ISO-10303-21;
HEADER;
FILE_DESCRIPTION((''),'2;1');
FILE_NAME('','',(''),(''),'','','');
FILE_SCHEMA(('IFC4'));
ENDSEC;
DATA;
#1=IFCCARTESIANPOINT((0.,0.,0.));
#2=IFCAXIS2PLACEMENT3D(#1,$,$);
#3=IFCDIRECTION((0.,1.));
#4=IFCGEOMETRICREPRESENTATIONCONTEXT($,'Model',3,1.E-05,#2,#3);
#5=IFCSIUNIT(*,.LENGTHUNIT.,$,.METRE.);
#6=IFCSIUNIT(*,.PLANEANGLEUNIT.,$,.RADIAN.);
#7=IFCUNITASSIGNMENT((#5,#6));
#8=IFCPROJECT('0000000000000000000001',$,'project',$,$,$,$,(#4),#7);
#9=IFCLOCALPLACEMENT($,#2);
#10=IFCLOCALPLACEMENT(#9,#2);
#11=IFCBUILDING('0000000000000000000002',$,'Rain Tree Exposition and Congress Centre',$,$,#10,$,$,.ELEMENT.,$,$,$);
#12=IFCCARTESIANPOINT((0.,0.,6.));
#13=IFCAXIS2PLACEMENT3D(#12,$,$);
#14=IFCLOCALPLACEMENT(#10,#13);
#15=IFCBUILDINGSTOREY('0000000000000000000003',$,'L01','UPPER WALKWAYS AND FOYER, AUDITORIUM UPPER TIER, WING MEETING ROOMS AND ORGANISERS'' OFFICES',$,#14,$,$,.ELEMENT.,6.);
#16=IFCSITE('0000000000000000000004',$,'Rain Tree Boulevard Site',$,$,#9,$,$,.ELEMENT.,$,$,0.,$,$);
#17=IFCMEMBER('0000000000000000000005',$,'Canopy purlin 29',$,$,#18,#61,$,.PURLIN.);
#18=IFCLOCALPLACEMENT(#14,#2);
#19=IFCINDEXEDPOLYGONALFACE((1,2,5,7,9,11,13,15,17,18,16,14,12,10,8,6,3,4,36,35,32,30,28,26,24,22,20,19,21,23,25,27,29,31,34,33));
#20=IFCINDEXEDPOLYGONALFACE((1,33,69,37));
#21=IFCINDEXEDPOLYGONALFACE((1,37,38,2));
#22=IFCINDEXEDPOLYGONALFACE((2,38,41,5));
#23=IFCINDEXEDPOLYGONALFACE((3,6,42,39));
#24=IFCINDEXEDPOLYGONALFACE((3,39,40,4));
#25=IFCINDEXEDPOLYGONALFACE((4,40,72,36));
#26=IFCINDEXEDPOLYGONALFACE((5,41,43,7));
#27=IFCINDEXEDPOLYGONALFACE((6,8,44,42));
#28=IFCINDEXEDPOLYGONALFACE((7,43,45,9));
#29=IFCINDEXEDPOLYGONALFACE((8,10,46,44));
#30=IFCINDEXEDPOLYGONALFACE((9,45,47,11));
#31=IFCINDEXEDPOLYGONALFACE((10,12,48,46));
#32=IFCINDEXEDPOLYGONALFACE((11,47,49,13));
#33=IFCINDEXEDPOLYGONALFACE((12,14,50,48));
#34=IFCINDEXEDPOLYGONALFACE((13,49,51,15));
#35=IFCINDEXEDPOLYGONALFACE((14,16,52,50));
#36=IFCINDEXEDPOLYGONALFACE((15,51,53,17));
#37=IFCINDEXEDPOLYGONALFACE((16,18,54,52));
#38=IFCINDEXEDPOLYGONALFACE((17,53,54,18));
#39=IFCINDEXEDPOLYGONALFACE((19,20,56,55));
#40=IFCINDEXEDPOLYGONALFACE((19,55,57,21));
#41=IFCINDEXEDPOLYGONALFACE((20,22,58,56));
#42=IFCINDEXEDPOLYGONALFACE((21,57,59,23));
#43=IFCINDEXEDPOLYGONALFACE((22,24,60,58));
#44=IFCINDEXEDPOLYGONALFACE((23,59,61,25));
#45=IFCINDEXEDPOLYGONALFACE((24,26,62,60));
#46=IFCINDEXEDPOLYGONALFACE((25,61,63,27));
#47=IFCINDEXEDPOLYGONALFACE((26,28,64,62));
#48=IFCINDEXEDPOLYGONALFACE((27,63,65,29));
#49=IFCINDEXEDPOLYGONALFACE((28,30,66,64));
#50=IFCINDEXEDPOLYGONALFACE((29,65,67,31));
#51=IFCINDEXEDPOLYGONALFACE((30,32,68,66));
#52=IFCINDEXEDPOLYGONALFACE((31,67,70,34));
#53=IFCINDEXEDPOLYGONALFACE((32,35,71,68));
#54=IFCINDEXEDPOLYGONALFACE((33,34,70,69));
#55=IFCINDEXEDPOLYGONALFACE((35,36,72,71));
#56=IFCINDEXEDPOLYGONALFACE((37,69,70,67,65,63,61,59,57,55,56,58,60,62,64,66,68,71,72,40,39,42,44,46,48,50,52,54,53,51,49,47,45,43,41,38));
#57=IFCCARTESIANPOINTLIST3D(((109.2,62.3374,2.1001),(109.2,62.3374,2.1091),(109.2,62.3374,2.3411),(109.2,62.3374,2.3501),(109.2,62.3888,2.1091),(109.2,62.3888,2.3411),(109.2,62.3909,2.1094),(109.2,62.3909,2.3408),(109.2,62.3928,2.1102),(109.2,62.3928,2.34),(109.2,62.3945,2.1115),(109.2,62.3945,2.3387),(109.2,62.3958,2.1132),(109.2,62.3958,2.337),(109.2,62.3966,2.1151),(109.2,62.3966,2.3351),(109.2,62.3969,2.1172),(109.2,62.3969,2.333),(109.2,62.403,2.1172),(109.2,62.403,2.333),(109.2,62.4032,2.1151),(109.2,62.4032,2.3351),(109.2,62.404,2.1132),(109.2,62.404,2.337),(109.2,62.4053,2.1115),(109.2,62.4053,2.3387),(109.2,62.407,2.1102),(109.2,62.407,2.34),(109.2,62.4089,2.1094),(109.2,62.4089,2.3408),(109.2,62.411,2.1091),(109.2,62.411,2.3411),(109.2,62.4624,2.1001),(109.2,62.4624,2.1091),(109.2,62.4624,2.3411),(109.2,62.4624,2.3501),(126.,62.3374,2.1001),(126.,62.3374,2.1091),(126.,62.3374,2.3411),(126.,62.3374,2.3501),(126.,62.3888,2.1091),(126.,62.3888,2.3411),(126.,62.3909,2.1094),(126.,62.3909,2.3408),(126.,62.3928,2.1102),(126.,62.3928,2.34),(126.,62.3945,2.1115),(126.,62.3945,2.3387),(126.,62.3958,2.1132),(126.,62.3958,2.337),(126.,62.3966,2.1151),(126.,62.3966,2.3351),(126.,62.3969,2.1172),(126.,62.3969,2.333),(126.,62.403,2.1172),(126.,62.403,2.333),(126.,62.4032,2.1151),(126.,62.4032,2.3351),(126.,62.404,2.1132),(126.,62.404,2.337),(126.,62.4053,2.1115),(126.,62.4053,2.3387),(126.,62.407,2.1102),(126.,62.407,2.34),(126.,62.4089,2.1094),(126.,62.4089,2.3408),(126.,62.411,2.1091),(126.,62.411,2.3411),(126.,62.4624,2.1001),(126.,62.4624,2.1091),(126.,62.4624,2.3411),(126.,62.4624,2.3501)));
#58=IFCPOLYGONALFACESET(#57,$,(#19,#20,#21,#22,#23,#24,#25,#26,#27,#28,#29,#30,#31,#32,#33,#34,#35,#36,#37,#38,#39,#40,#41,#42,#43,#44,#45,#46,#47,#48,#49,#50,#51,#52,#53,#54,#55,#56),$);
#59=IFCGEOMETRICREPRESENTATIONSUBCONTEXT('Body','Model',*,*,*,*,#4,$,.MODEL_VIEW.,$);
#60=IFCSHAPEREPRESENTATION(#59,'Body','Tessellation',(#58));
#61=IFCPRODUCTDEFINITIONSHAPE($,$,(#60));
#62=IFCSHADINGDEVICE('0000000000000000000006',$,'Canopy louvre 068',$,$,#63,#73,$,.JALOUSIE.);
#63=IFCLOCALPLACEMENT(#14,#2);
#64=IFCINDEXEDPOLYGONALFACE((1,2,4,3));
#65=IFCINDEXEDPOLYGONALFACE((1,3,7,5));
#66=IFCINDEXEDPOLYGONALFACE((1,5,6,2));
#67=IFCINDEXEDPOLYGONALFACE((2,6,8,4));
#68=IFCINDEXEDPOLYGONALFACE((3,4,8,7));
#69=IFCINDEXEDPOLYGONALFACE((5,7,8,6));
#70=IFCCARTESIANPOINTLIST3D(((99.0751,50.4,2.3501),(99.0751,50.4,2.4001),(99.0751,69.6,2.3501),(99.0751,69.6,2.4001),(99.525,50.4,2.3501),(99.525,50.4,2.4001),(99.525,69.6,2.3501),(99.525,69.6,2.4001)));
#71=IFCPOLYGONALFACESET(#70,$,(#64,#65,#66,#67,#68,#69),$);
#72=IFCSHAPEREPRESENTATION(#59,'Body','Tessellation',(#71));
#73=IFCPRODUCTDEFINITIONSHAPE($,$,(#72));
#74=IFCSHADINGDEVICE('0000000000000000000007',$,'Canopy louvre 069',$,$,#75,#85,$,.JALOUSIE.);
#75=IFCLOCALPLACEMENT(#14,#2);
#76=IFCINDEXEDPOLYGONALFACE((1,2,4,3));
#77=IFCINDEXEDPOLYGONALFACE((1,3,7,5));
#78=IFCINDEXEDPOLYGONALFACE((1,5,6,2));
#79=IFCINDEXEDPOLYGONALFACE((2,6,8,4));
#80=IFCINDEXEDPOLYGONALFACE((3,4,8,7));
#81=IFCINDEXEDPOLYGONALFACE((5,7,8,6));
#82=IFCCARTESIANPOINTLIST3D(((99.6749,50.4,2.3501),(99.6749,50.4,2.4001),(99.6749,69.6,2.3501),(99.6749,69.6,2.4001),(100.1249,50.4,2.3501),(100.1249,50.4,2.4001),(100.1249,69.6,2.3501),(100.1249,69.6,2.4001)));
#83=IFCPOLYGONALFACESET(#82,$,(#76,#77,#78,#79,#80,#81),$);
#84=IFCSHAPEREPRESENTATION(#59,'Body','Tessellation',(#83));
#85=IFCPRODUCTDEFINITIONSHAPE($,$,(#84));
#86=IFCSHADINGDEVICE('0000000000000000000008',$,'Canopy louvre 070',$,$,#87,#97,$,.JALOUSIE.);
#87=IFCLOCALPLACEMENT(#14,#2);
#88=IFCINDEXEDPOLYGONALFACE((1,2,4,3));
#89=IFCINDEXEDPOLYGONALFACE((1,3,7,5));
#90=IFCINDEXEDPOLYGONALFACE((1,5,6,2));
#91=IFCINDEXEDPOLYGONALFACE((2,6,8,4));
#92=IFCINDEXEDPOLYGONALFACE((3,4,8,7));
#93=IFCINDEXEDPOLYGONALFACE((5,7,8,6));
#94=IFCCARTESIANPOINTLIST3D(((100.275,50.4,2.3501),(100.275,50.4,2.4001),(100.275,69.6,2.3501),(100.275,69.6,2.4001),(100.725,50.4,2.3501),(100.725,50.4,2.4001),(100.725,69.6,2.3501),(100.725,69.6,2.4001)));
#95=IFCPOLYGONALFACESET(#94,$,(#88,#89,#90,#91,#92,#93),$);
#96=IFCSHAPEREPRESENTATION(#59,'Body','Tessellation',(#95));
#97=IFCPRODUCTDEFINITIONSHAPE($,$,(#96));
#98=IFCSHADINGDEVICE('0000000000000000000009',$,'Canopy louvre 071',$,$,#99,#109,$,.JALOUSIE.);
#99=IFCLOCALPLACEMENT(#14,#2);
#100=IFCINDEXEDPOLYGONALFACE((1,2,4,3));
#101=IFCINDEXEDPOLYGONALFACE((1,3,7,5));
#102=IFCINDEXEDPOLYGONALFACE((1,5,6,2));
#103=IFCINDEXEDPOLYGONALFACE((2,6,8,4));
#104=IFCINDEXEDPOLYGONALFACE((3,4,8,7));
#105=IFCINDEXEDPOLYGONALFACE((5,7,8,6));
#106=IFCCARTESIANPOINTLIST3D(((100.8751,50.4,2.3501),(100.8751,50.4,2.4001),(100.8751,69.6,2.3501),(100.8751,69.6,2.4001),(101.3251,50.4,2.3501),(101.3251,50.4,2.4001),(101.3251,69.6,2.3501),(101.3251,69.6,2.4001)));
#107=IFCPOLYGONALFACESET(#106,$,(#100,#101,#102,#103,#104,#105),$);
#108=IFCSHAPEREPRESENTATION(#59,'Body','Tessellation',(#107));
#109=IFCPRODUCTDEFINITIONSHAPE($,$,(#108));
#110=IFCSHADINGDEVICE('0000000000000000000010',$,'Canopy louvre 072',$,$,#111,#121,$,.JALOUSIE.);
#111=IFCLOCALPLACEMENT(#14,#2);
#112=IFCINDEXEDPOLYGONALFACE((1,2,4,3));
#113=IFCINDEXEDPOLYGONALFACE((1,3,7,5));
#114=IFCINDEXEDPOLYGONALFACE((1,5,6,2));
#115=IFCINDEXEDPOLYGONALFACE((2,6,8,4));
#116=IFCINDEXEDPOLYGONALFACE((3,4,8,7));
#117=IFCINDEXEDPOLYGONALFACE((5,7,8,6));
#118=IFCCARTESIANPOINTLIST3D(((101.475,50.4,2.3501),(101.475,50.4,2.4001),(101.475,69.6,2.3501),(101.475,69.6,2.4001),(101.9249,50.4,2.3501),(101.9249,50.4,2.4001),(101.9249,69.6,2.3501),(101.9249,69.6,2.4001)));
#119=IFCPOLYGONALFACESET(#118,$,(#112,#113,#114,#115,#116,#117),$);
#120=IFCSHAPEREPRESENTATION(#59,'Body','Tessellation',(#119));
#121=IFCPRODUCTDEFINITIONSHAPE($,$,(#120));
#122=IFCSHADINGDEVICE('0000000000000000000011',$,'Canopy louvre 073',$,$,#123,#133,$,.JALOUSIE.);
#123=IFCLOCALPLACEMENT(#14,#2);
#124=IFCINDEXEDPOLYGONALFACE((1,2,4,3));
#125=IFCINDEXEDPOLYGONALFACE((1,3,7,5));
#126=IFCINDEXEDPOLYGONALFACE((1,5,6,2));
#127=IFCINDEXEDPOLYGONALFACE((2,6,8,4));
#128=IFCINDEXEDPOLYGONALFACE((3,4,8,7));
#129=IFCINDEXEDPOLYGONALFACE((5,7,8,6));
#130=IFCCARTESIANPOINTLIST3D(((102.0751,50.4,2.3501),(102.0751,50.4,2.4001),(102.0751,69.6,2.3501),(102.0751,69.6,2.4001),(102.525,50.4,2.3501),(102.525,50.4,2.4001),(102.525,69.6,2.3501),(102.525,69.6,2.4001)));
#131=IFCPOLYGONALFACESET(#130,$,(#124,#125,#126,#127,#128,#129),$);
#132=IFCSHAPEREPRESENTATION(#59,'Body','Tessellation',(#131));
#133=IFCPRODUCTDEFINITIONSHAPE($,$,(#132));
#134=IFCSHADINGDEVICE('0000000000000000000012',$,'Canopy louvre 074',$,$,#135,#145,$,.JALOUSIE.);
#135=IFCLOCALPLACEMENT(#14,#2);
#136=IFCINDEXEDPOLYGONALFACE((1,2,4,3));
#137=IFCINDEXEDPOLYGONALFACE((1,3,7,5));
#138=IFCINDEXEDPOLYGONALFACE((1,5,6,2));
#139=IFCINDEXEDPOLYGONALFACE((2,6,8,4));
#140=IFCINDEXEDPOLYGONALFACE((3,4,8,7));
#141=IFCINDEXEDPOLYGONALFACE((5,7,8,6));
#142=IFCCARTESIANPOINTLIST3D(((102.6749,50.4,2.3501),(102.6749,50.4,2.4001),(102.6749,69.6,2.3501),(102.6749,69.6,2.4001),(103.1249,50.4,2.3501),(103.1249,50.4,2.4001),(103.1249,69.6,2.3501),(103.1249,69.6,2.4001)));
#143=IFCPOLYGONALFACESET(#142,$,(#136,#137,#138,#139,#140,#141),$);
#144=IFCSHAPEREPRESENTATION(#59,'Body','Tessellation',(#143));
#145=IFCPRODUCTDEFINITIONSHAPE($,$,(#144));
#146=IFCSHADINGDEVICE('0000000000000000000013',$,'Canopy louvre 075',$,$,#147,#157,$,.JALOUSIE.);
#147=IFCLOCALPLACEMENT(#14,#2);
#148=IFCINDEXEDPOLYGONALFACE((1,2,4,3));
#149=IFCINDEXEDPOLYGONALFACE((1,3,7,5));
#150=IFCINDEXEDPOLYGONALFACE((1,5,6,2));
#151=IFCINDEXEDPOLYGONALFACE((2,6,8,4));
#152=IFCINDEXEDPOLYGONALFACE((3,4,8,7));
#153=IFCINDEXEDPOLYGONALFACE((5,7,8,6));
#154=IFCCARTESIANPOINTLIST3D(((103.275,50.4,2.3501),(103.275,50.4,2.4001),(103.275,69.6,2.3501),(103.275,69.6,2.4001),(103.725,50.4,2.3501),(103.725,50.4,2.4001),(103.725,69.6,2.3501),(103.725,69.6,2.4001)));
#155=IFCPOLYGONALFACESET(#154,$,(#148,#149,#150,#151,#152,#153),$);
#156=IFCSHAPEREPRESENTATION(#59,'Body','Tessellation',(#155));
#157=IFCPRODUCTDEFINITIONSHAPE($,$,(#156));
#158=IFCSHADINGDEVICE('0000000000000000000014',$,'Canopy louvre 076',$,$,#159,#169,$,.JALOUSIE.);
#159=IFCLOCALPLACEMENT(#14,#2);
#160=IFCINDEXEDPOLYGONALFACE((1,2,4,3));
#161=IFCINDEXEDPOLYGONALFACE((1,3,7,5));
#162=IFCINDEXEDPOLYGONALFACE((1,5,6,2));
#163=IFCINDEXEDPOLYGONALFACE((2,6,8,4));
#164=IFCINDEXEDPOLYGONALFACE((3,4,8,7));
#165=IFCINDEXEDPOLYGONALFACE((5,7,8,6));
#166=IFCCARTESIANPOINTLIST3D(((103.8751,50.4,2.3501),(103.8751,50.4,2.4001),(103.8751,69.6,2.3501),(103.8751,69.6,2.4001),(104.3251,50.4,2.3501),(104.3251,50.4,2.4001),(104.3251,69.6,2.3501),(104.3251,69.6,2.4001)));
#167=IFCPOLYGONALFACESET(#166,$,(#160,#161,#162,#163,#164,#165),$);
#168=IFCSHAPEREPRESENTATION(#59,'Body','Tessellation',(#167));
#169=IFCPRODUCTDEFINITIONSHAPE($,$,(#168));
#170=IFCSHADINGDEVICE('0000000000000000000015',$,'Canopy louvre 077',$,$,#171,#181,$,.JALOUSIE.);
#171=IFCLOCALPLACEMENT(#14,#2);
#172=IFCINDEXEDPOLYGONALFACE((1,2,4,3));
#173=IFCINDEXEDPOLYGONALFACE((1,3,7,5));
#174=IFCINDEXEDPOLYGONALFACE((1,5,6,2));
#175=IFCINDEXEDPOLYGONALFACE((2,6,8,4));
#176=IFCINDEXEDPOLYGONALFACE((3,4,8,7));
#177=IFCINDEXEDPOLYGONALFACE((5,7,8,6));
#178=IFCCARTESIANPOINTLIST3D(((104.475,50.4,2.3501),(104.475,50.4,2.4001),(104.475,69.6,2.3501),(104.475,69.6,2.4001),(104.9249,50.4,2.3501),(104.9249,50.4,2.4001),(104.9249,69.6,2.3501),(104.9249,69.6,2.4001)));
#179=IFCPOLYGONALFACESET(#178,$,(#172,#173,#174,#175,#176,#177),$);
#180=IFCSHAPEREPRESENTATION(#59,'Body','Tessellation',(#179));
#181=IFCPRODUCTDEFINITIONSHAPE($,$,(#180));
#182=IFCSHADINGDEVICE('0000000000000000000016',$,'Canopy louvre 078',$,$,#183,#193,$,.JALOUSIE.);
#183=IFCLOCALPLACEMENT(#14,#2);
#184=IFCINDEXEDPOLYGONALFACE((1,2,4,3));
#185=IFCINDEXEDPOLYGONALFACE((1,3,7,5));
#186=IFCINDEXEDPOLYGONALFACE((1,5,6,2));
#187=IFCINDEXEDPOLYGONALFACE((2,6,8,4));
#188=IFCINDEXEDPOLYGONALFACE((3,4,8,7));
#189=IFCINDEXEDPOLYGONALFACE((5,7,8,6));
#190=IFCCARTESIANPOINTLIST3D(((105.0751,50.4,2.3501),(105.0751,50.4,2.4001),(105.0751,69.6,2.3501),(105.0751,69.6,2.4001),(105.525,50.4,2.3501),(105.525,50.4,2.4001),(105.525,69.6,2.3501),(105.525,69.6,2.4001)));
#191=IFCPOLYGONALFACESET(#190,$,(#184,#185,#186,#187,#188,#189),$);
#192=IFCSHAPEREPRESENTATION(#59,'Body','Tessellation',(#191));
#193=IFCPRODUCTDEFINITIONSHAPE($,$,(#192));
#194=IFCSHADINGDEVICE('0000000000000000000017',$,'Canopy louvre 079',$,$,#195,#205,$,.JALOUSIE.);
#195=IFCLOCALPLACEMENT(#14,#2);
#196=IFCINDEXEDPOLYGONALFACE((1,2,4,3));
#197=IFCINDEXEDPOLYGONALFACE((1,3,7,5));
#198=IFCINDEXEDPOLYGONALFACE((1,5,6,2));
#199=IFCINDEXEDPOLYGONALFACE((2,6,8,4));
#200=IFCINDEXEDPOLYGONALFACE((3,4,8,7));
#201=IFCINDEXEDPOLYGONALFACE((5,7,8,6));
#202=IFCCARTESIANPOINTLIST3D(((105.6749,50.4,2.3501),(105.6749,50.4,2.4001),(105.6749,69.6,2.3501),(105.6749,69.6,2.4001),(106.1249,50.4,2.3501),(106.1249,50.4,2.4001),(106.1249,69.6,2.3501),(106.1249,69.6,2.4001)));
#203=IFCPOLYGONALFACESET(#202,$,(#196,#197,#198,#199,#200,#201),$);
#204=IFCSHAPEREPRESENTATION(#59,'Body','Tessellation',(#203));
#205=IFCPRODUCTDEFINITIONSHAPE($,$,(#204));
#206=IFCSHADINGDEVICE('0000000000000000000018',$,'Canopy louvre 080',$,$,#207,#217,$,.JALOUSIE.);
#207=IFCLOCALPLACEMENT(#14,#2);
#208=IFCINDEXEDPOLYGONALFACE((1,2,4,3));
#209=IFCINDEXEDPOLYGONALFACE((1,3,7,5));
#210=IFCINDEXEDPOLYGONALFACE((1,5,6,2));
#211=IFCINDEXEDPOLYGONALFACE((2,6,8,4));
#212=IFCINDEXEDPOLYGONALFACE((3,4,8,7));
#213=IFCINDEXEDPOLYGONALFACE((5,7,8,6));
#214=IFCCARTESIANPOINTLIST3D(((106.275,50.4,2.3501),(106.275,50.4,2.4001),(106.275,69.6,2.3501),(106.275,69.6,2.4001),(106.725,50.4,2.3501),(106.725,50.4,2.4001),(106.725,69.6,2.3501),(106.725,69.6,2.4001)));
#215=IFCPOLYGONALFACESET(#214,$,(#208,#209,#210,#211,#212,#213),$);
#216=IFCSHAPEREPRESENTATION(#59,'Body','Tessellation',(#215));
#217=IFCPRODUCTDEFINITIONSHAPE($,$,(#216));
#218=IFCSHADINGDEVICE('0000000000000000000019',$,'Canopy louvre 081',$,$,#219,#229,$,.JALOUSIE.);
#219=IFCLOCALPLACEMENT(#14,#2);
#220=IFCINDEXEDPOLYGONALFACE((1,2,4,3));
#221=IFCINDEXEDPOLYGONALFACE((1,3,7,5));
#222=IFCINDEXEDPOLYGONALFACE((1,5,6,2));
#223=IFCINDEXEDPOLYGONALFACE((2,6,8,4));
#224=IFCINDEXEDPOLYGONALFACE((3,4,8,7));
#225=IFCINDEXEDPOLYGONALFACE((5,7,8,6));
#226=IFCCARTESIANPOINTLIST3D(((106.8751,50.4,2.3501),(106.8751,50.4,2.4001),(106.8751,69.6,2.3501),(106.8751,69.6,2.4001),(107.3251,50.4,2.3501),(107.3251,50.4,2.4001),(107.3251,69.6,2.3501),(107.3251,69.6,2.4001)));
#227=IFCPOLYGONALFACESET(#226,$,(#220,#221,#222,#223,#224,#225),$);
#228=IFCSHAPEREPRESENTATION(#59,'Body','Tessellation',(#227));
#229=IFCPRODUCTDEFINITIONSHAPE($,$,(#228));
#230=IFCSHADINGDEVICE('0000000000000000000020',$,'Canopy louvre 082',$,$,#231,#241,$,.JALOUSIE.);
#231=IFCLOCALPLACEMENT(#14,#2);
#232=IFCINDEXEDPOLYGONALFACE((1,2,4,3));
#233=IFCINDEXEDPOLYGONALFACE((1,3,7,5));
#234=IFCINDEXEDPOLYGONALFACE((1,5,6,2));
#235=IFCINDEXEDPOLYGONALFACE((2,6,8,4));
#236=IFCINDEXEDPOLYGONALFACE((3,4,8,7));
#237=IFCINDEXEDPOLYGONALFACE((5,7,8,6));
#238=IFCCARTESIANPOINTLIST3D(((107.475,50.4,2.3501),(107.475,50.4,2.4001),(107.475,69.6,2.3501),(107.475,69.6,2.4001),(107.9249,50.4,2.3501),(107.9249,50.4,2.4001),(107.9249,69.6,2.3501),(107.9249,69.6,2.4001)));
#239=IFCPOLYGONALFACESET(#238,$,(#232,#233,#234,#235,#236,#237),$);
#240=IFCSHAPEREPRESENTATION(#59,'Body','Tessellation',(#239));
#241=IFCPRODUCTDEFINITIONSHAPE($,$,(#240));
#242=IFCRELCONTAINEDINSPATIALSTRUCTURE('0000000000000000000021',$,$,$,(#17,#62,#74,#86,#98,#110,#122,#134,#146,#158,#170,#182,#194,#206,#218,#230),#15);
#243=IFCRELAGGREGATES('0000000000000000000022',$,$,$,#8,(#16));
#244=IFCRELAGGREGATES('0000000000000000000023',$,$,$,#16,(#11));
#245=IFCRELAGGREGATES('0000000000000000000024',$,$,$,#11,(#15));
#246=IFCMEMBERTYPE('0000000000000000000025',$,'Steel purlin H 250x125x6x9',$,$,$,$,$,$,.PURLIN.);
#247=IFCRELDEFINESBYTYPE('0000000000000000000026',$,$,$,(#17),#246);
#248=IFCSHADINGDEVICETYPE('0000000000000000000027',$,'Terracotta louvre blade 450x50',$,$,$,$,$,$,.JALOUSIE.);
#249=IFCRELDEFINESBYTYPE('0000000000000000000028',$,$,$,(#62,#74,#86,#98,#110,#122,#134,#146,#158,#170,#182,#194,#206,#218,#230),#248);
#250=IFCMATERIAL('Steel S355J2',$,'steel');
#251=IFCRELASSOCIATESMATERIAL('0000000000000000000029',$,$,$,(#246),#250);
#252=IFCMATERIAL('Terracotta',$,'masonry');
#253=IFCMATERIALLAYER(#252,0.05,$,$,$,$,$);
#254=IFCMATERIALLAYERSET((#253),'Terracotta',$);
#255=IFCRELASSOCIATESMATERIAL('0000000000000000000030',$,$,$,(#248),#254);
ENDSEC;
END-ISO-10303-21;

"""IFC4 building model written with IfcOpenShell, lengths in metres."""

from ifc_helpers import new_model, si_unit, direction, frame, origin, origin_2d, place, context, subcontext, project, spatial, rectangle, i_section, extrude, material, layer, layer_set, material_profile, profile_set, type_object, element, save


model = new_model("IFC4")

# Units and contexts
model_context = context("Model", 3, precision=1e-05, world=origin(), true_north=direction((0.0, 1.0)))
body_context = subcontext(model_context, "Body", "Model", "MODEL_VIEW")
ifc_project = project(units=[si_unit("LENGTHUNIT", "METRE"), si_unit("PLANEANGLEUNIT", "RADIAN")], contexts=[model_context])

# Site, building, storey
site_placement = place(None, origin())
site = spatial("IfcSite", under=ifc_project, at=site_placement, Name="Rain Tree Boulevard Site", CompositionType="ELEMENT", RefElevation=0.0)
building_placement = place(site_placement, origin())
building = spatial("IfcBuilding", under=site, at=building_placement, Name="Rain Tree Exposition and Congress Centre", CompositionType="ELEMENT")
storey_placement = place(building_placement, frame((0.0, 0.0, 6.0)))
storey = spatial("IfcBuildingStorey", under=building, at=storey_placement, Name="L01", Description="UPPER WALKWAYS AND FOYER, AUDITORIUM UPPER TIER, WING MEETING ROOMS AND ORGANISERS' OFFICES", CompositionType="ELEMENT", Elevation=6.0)

# Member
ifc_material_1 = material(Name="Steel S355J2", Category="steel")
ifc_material_profile = material_profile(ifc_material_1, i_section(OverallWidth=0.125, OverallDepth=0.25, WebThickness=0.0061, FlangeThickness=0.009, FilletRadius=0.0081, at=origin_2d()), Name="H 250x125x6x9")
ifc_profile_set = profile_set([ifc_material_profile], Name="Steel S355J2")
member_type = type_object("IfcMemberType", Name="Steel purlin H 250x125x6x9", PredefinedType="PURLIN", material=ifc_profile_set)
for number, where, z_axis, x_axis, name in (
    (1, (109.2, 62.3999, 2.2251), (1.0, 0.0, 0.0), (0.0, 1.0, 0.0), "Canopy purlin 29"),
):
    element("IfcMember", number, at=place(storey_placement, frame(where, z_axis=z_axis, x_axis=x_axis)), inside=storey, type_object=member_type, Name=name, PredefinedType="PURLIN", context=body_context, shape_type="SweptSolid", body=[
        extrude(i_section(OverallWidth=0.125, OverallDepth=0.25, WebThickness=0.0061, FlangeThickness=0.009, FilletRadius=0.0081, at=origin_2d()), origin(), (0.0, 0.0, 1.0), 16.8),
    ])

# Shading devices
ifc_material_2 = material(Name="Terracotta", Category="masonry")
ifc_layer = layer(ifc_material_2, 0.05)
ifc_layer_set = layer_set([ifc_layer], Name="Terracotta")
shading_device_type = type_object("IfcShadingDeviceType", Name="Terracotta louvre blade 450x50", PredefinedType="JALOUSIE", material=ifc_layer_set)
for number, where, z_axis, x_axis, name in (
    (2, (99.3, 60.0, 2.3501), (0.0, 0.0, 1.0), (1.0, 0.0, 0.0), "Canopy louvre 068"),
    (3, (99.8999, 60.0, 2.3501), (0.0, 0.0, 1.0), (1.0, 0.0, 0.0), "Canopy louvre 069"),
    (4, (100.5, 60.0, 2.3501), (0.0, 0.0, 1.0), (1.0, 0.0, 0.0), "Canopy louvre 070"),
    (5, (101.1001, 60.0, 2.3501), (0.0, 0.0, 1.0), (1.0, 0.0, 0.0), "Canopy louvre 071"),
    (6, (101.7, 60.0, 2.3501), (0.0, 0.0, 1.0), (1.0, 0.0, 0.0), "Canopy louvre 072"),
    (7, (102.3, 60.0, 2.3501), (0.0, 0.0, 1.0), (1.0, 0.0, 0.0), "Canopy louvre 073"),
    (8, (102.8999, 60.0, 2.3501), (0.0, 0.0, 1.0), (1.0, 0.0, 0.0), "Canopy louvre 074"),
    (9, (103.5, 60.0, 2.3501), (0.0, 0.0, 1.0), (1.0, 0.0, 0.0), "Canopy louvre 075"),
    (10, (104.1001, 60.0, 2.3501), (0.0, 0.0, 1.0), (1.0, 0.0, 0.0), "Canopy louvre 076"),
    (11, (104.7, 60.0, 2.3501), (0.0, 0.0, 1.0), (1.0, 0.0, 0.0), "Canopy louvre 077"),
    (12, (105.3, 60.0, 2.3501), (0.0, 0.0, 1.0), (1.0, 0.0, 0.0), "Canopy louvre 078"),
    (13, (105.8999, 60.0, 2.3501), (0.0, 0.0, 1.0), (1.0, 0.0, 0.0), "Canopy louvre 079"),
    (14, (106.5, 60.0, 2.3501), (0.0, 0.0, 1.0), (1.0, 0.0, 0.0), "Canopy louvre 080"),
    (15, (107.1001, 60.0, 2.3501), (0.0, 0.0, 1.0), (1.0, 0.0, 0.0), "Canopy louvre 081"),
    (16, (107.7, 60.0, 2.3501), (0.0, 0.0, 1.0), (1.0, 0.0, 0.0), "Canopy louvre 082"),
):
    element("IfcShadingDevice", number, at=place(storey_placement, frame(where, z_axis=z_axis, x_axis=x_axis)), inside=storey, type_object=shading_device_type, Name=name, PredefinedType="JALOUSIE", context=body_context, shape_type="SweptSolid", body=[
        extrude(rectangle(XDim=0.45, YDim=19.2, at=origin_2d()), origin(), (0.0, 0.0, 1.0), 0.05),
    ])

save(model, "model.ifc")
